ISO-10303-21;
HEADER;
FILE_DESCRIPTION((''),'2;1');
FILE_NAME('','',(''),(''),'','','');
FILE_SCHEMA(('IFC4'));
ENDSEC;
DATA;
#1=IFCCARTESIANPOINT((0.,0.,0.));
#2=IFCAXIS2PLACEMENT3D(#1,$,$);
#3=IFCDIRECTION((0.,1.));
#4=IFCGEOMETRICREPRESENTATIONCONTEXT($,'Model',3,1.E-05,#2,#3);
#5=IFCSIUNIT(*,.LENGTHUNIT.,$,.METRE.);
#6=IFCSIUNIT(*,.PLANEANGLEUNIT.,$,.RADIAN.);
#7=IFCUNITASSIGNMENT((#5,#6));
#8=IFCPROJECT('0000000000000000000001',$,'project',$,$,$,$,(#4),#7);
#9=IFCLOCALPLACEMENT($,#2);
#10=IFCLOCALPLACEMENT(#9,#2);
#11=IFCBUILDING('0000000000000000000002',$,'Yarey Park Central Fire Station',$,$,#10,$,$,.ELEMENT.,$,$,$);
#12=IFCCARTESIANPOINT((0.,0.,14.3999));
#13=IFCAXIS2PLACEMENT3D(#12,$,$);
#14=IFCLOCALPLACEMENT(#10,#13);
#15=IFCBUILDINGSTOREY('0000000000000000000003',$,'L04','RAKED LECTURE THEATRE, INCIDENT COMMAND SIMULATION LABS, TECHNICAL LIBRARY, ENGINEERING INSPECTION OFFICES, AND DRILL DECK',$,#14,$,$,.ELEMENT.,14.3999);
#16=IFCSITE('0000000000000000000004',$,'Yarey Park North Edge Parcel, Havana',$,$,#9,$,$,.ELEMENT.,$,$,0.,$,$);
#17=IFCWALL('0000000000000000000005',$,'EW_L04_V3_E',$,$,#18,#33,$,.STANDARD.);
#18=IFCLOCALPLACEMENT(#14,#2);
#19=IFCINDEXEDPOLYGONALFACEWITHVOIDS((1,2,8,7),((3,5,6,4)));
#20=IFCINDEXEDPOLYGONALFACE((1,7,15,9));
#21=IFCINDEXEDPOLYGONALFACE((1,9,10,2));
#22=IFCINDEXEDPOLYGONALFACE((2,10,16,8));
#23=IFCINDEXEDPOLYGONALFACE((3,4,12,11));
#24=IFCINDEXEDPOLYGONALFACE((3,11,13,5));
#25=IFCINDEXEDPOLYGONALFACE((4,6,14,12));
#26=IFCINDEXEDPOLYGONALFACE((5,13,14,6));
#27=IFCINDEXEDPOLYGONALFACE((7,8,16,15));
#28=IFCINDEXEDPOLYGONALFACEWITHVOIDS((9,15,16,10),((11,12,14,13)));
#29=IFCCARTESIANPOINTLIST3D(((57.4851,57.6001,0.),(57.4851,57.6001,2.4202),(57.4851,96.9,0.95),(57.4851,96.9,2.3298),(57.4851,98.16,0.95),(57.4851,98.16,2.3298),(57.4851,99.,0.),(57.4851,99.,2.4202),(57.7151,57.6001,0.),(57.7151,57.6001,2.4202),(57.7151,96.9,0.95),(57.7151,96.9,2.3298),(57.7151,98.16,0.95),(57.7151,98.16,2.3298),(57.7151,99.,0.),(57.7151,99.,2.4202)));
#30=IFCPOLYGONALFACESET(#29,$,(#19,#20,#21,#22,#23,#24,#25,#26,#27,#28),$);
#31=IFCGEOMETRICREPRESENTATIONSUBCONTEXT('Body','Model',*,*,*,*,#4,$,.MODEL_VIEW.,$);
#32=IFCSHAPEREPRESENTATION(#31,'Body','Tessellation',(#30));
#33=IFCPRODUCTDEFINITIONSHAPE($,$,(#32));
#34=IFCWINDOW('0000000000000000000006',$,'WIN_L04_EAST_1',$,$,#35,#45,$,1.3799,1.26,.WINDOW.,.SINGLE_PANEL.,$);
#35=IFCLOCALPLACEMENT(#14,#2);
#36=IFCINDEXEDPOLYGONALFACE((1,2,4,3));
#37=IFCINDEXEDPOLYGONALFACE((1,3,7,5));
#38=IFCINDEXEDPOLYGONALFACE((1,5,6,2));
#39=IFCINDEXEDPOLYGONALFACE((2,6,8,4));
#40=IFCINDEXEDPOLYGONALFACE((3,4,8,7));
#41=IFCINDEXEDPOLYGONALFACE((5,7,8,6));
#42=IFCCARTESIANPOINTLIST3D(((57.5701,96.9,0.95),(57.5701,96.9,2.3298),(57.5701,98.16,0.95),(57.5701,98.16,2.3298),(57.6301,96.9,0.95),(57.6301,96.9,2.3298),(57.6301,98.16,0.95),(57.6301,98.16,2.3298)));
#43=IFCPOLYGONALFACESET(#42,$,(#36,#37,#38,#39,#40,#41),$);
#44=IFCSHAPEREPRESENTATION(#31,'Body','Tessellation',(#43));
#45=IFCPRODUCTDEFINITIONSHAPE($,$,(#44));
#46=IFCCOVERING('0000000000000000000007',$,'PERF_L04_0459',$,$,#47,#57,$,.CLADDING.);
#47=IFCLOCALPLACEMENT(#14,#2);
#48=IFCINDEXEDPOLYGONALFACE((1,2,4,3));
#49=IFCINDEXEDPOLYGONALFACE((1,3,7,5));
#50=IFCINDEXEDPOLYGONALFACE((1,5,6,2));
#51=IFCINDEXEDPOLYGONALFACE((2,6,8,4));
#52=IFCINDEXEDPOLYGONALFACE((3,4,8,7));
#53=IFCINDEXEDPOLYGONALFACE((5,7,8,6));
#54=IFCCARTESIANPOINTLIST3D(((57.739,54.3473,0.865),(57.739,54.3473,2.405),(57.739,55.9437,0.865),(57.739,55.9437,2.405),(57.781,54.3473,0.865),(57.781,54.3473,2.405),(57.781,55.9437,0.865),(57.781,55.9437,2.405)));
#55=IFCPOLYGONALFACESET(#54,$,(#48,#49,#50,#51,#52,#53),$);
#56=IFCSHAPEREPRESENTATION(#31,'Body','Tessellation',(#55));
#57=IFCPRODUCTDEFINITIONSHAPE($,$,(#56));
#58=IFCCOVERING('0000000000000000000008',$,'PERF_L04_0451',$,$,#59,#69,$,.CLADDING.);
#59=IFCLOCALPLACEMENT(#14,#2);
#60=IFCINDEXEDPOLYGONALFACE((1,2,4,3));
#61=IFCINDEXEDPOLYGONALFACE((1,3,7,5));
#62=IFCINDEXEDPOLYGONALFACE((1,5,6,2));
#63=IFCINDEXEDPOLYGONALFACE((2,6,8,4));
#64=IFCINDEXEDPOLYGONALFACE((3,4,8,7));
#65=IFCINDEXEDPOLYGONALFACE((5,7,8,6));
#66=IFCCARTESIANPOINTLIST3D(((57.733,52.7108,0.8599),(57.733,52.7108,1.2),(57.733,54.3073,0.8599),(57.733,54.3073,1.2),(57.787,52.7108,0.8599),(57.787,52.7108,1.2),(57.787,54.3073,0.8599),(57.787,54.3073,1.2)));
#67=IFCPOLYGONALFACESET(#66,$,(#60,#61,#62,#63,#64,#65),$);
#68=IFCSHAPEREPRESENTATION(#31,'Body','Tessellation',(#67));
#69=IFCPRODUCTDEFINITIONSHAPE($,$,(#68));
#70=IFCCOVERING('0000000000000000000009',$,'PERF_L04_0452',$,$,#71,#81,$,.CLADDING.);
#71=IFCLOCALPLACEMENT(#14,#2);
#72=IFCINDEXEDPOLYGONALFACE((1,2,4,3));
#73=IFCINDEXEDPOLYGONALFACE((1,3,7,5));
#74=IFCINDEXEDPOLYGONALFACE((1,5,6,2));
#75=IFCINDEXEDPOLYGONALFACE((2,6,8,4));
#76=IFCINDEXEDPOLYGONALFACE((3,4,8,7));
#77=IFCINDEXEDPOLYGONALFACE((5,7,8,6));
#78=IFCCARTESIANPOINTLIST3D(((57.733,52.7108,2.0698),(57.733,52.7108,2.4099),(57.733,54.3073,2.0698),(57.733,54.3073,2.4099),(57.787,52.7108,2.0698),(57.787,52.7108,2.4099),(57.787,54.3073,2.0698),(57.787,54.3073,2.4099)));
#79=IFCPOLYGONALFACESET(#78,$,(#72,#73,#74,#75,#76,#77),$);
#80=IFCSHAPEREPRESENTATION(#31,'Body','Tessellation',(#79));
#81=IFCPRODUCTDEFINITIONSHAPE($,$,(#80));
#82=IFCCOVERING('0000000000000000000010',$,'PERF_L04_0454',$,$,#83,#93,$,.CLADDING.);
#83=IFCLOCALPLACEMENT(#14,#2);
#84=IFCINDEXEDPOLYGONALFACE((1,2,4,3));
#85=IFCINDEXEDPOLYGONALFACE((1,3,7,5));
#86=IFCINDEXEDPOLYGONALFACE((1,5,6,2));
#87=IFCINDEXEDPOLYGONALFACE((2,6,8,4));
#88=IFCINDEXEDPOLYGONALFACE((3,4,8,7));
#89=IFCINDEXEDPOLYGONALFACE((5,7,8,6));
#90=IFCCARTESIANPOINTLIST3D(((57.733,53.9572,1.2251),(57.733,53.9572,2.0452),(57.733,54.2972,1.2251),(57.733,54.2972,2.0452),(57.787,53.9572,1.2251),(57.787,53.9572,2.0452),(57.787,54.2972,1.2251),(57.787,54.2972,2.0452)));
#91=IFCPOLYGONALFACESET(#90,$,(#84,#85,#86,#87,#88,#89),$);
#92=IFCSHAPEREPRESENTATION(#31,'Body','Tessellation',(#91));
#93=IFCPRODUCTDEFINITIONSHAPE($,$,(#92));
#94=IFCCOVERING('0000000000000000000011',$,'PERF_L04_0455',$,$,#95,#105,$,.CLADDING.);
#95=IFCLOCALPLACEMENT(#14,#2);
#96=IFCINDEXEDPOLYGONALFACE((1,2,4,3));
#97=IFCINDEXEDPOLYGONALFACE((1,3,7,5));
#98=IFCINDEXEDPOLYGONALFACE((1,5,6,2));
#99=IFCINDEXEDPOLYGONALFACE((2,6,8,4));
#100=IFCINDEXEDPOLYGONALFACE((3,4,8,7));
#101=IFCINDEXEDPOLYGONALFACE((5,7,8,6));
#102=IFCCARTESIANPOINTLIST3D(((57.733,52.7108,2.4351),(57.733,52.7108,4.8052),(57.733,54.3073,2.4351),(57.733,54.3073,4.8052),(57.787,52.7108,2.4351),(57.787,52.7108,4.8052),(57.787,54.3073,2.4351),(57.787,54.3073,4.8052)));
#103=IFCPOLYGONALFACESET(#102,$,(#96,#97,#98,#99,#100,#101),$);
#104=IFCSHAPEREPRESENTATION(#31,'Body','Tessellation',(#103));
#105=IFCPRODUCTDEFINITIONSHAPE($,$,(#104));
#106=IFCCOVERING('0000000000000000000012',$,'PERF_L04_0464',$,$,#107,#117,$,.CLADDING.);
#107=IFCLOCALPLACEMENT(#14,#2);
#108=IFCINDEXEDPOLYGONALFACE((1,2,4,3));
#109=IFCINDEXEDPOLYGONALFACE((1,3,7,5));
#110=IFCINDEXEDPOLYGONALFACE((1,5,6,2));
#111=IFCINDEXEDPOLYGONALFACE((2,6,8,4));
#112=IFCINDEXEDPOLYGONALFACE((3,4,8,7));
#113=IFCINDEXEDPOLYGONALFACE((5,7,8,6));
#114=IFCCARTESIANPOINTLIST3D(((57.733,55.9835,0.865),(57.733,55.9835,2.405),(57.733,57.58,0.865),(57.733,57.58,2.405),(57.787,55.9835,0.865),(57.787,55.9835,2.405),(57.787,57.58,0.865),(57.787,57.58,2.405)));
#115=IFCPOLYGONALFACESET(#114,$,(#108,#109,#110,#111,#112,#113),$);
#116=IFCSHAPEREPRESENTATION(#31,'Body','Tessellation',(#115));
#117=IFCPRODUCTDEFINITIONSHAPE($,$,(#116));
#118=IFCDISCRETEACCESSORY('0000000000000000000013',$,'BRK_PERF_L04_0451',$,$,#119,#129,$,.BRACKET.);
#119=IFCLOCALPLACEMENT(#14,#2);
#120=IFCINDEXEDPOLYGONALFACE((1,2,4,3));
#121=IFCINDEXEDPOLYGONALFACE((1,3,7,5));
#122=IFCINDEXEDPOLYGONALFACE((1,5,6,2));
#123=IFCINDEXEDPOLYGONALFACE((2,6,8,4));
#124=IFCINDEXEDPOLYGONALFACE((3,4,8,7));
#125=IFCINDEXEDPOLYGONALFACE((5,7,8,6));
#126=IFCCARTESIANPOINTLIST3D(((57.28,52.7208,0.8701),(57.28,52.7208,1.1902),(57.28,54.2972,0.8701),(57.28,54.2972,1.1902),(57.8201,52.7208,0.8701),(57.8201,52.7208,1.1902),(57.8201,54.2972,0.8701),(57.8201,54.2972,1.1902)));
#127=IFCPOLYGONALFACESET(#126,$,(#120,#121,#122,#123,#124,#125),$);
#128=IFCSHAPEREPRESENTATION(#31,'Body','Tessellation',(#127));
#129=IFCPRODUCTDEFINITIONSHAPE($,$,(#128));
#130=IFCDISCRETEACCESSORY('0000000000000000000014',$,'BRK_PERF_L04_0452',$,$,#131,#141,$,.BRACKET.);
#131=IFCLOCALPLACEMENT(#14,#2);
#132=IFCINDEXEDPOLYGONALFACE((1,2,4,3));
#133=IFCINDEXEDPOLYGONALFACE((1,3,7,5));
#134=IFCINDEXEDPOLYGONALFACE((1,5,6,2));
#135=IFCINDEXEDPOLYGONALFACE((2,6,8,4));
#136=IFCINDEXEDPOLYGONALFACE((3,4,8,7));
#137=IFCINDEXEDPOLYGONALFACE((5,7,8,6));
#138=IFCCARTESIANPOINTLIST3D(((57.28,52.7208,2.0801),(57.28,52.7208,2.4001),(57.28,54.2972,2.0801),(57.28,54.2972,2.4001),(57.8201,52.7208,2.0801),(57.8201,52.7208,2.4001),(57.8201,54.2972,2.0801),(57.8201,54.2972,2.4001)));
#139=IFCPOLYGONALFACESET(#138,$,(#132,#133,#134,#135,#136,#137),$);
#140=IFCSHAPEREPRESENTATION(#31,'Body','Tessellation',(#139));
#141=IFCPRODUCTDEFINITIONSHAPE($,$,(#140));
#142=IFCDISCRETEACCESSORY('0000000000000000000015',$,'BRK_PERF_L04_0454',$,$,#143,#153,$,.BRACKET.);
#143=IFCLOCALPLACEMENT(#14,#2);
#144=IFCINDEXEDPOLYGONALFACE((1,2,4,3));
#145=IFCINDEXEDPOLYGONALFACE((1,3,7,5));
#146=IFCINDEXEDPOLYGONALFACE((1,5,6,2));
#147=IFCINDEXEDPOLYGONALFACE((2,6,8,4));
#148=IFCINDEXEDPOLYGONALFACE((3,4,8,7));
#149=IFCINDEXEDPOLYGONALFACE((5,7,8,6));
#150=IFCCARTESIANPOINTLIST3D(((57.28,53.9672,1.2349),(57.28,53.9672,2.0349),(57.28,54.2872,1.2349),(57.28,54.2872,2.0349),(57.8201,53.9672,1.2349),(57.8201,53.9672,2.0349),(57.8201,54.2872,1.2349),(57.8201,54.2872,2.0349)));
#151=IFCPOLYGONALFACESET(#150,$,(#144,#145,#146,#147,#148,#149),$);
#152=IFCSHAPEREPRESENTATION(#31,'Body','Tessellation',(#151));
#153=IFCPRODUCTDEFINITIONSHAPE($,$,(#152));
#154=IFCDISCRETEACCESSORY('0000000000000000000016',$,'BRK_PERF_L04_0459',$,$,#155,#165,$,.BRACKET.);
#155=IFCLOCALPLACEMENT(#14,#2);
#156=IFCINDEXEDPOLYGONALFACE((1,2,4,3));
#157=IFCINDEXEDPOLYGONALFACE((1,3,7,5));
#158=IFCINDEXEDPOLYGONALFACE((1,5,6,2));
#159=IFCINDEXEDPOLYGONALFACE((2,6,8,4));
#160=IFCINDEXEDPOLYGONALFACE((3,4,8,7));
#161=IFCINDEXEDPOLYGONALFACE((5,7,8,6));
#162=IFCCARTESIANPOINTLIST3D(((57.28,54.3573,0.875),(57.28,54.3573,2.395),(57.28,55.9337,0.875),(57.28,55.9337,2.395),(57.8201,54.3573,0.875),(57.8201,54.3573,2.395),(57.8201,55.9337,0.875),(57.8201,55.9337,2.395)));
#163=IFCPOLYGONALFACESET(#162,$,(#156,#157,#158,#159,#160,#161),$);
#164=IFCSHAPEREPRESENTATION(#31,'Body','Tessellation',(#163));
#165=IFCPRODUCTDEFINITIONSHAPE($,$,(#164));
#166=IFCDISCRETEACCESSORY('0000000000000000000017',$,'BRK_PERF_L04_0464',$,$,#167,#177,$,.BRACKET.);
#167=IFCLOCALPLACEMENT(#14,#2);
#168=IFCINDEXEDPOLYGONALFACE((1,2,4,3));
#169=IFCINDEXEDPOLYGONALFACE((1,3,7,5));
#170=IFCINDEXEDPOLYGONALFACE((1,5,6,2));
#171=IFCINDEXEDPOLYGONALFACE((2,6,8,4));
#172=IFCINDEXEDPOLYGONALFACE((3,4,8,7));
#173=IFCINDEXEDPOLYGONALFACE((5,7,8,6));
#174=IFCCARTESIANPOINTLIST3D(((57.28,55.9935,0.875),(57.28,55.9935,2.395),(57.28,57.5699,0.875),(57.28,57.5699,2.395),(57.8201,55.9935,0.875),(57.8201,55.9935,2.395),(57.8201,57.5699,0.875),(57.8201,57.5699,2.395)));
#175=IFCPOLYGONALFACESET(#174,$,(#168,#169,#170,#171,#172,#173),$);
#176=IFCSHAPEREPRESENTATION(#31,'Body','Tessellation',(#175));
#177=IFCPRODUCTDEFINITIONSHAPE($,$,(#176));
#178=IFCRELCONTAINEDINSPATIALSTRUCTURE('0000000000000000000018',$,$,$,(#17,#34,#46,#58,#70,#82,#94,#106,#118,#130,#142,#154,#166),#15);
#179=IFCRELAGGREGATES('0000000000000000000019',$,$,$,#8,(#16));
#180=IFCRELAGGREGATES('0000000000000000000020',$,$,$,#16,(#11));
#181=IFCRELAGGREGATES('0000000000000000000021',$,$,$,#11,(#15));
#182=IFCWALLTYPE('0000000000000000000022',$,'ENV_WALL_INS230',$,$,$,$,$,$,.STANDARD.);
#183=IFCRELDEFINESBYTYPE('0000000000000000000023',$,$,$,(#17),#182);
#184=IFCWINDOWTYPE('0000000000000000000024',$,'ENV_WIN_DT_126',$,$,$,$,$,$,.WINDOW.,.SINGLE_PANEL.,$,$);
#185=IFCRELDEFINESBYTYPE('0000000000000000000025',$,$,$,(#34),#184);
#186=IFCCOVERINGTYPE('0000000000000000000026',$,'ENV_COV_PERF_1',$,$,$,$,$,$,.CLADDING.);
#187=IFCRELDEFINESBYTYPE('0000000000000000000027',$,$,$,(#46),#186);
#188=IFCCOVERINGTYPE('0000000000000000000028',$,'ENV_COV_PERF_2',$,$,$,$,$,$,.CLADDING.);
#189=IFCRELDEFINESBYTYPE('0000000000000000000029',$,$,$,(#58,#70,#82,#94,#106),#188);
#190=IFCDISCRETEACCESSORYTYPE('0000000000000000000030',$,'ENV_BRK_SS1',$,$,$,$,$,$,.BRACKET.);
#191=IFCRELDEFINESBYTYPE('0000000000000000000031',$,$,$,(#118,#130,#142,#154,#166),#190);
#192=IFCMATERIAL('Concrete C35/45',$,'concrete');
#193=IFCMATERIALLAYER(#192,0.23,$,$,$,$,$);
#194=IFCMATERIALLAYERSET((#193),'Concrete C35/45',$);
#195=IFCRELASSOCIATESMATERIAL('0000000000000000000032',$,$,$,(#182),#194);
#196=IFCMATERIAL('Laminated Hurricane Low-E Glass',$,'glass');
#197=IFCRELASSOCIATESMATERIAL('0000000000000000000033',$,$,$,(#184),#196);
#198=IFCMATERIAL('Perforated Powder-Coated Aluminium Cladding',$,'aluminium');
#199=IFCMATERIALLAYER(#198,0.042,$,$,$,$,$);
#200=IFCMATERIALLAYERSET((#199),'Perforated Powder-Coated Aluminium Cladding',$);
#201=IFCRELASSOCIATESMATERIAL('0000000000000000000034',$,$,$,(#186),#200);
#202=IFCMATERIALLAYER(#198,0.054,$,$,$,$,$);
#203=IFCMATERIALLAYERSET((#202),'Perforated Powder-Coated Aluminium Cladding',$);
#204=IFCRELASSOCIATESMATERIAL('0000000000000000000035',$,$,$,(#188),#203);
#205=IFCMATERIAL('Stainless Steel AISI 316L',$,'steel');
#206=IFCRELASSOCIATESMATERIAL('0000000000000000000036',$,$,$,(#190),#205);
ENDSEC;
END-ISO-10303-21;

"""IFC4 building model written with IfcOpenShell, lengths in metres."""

from ifc_helpers import new_model, si_unit, direction, frame, frame_2d, origin, origin_2d, place, context, subcontext, project, spatial, rectangle, extrude, material, layer, layer_set, type_object, element, fill, save


model = new_model("IFC4")

# Units and contexts
model_context = context("Model", 3, precision=1e-05, world=origin(), true_north=direction((0.0, 1.0)))
body_context = subcontext(model_context, "Body", "Model", "MODEL_VIEW")
ifc_project = project(units=[si_unit("LENGTHUNIT", "METRE"), si_unit("PLANEANGLEUNIT", "RADIAN")], contexts=[model_context])

# Site, building, storey
site_placement = place(None, origin())
site = spatial("IfcSite", under=ifc_project, at=site_placement, Name="Yarey Park North Edge Parcel, Havana", CompositionType="ELEMENT", RefElevation=0.0)
building_placement = place(site_placement, origin())
building = spatial("IfcBuilding", under=site, at=building_placement, Name="Yarey Park Central Fire Station", CompositionType="ELEMENT")
storey_placement = place(building_placement, frame((0.0, 0.0, 14.3999)))
storey = spatial("IfcBuildingStorey", under=building, at=storey_placement, Name="L04", Description="RAKED LECTURE THEATRE, INCIDENT COMMAND SIMULATION LABS, TECHNICAL LIBRARY, ENGINEERING INSPECTION OFFICES, AND DRILL DECK", CompositionType="ELEMENT", Elevation=14.3999)

# Shared definitions
ifc_material_1 = material(Name="Laminated Hurricane Low-E Glass", Category="glass")

# Wall, opening, window
ifc_material_2 = material(Name="Concrete C35/45", Category="concrete")
ifc_layer_1 = layer(ifc_material_2, 0.23)
ifc_layer_set_1 = layer_set([ifc_layer_1], Name="Concrete C35/45")
wall_type = type_object("IfcWallType", Name="ENV_WALL_INS230", PredefinedType="STANDARD", material=ifc_layer_set_1)
wall_placement = place(storey_placement, frame((57.6001, 57.6001, 0.0), z_axis=(0.0, 0.0, 1.0), x_axis=(0.0, 1.0, 0.0)))
wall = element("IfcWall", 1, at=wall_placement, inside=storey, type_object=wall_type, Name="EW_L04_V3_E", PredefinedType="STANDARD", context=body_context, shape_type="SweptSolid", body=[
    extrude(rectangle(XDim=41.3999, YDim=0.23, at=frame_2d((20.7, 0.0))), origin(), (0.0, 0.0, 1.0), 2.4202),
])
opening_placement = place(wall_placement, frame((39.3, 0.0, 0.95)))
opening = element("IfcOpeningElement", 2, at=opening_placement, cuts=wall, PredefinedType="OPENING", context=body_context, shape_type="SweptSolid", body=[
    extrude(rectangle(XDim=1.26, YDim=1.3799, at=frame_2d((0.6299, 0.6899))), frame((0.0, 0.125, 0.0), z_axis=(0.0, -1.0, 0.0), x_axis=(1.0, 0.0, 0.0)), (0.0, 0.0, 1.0), 0.25),
])
window_type = type_object("IfcWindowType", Name="ENV_WIN_DT_126", PartitioningType="SINGLE_PANEL", PredefinedType="WINDOW", material=ifc_material_1)
window_placement = place(opening_placement, origin())
window = element("IfcWindow", 3, at=window_placement, inside=storey, type_object=window_type, Name="WIN_L04_EAST_1", OverallHeight=1.3799, OverallWidth=1.26, PartitioningType="SINGLE_PANEL", PredefinedType="WINDOW", context=body_context, shape_type="SweptSolid", body=[
    extrude(rectangle(XDim=1.26, YDim=1.3799, at=frame_2d((0.6299, 0.6899))), frame((0.0, 0.03, 0.0), z_axis=(0.0, -1.0, 0.0), x_axis=(1.0, 0.0, 0.0)), (0.0, 0.0, 1.0), 0.0601),
])
fill(opening, window)

# Coverings
ifc_material_3 = material(Name="Perforated Powder-Coated Aluminium Cladding", Category="aluminium")
ifc_layer_2 = layer(ifc_material_3, 0.042)
ifc_layer_set_2 = layer_set([ifc_layer_2], Name="Perforated Powder-Coated Aluminium Cladding")
covering_type_1 = type_object("IfcCoveringType", Name="ENV_COV_PERF_1", PredefinedType="CLADDING", material=ifc_layer_set_2)
covering_1_placement = place(storey_placement, frame((57.76, 55.1455, 0.865), z_axis=(0.0, 0.0, 1.0), x_axis=(0.0, 1.0, 0.0)))
element("IfcCovering", 4, at=covering_1_placement, inside=storey, type_object=covering_type_1, Name="PERF_L04_0459", PredefinedType="CLADDING", context=body_context, shape_type="SweptSolid", body=[
    extrude(rectangle(XDim=1.5964, YDim=0.042, at=origin_2d()), origin(), (0.0, 0.0, 1.0), 1.54),
])
ifc_layer_3 = layer(ifc_material_3, 0.054)
ifc_layer_set_3 = layer_set([ifc_layer_3], Name="Perforated Powder-Coated Aluminium Cladding")
covering_type_2 = type_object("IfcCoveringType", Name="ENV_COV_PERF_2", PredefinedType="CLADDING", material=ifc_layer_set_3)
for number, where, z_axis, x_axis, name in (
    (5, (57.76, 53.509, 0.8599), (0.0, 0.0, 1.0), (0.0, 1.0, 0.0), "PERF_L04_0451"),
    (6, (57.76, 53.509, 2.0698), (0.0, 0.0, 1.0), (0.0, 1.0, 0.0), "PERF_L04_0452"),
):
    element("IfcCovering", number, at=place(storey_placement, frame(where, z_axis=z_axis, x_axis=x_axis)), inside=storey, type_object=covering_type_2, Name=name, PredefinedType="CLADDING", context=body_context, shape_type="SweptSolid", body=[
        extrude(rectangle(XDim=1.5964, YDim=0.054, at=origin_2d()), origin(), (0.0, 0.0, 1.0), 0.3401),
    ])
covering_2_placement = place(storey_placement, frame((57.76, 54.1272, 1.2251), z_axis=(0.0, 0.0, 1.0), x_axis=(0.0, 1.0, 0.0)))
element("IfcCovering", 7, at=covering_2_placement, inside=storey, type_object=covering_type_2, Name="PERF_L04_0454", PredefinedType="CLADDING", context=body_context, shape_type="SweptSolid", body=[
    extrude(rectangle(XDim=0.3401, YDim=0.054, at=origin_2d()), origin(), (0.0, 0.0, 1.0), 0.8201),
])
covering_3_placement = place(storey_placement, frame((57.76, 53.509, 2.4351), z_axis=(0.0, 0.0, 1.0), x_axis=(0.0, 1.0, 0.0)))
element("IfcCovering", 8, at=covering_3_placement, inside=storey, type_object=covering_type_2, Name="PERF_L04_0455", PredefinedType="CLADDING", context=body_context, shape_type="SweptSolid", body=[
    extrude(rectangle(XDim=1.5964, YDim=0.054, at=origin_2d()), origin(), (0.0, 0.0, 1.0), 2.3701),
])
covering_4_placement = place(storey_placement, frame((57.76, 56.7817, 0.865), z_axis=(0.0, 0.0, 1.0), x_axis=(0.0, 1.0, 0.0)))
element("IfcCovering", 9, at=covering_4_placement, inside=storey, type_object=covering_type_2, Name="PERF_L04_0464", PredefinedType="CLADDING", context=body_context, shape_type="SweptSolid", body=[
    extrude(rectangle(XDim=1.5964, YDim=0.054, at=origin_2d()), origin(), (0.0, 0.0, 1.0), 1.54),
])

# Discrete accessories
ifc_material_4 = material(Name="Stainless Steel AISI 316L", Category="steel")
discrete_accessory_type = type_object("IfcDiscreteAccessoryType", Name="ENV_BRK_SS1", PredefinedType="BRACKET", material=ifc_material_4)
for number, where, z_axis, x_axis, name in (
    (10, (57.55, 53.509, 0.8701), (0.0, 0.0, 1.0), (1.0, 0.0, 0.0), "BRK_PERF_L04_0451"),
    (11, (57.55, 53.509, 2.0801), (0.0, 0.0, 1.0), (1.0, 0.0, 0.0), "BRK_PERF_L04_0452"),
):
    element("IfcDiscreteAccessory", number, at=place(storey_placement, frame(where, z_axis=z_axis, x_axis=x_axis)), inside=storey, type_object=discrete_accessory_type, Name=name, PredefinedType="BRACKET", context=body_context, shape_type="SweptSolid", body=[
        extrude(rectangle(XDim=0.54, YDim=1.5764, at=origin_2d()), origin(), (0.0, 0.0, 1.0), 0.3201),
    ])
discrete_accessory_placement = place(storey_placement, frame((57.55, 54.1272, 1.2349), z_axis=(0.0, 0.0, 1.0), x_axis=(1.0, 0.0, 0.0)))
element("IfcDiscreteAccessory", 12, at=discrete_accessory_placement, inside=storey, type_object=discrete_accessory_type, Name="BRK_PERF_L04_0454", PredefinedType="BRACKET", context=body_context, shape_type="SweptSolid", body=[
    extrude(rectangle(XDim=0.54, YDim=0.3201, at=origin_2d()), origin(), (0.0, 0.0, 1.0), 0.8),
])
for number, where, z_axis, x_axis, name in (
    (13, (57.55, 55.1455, 0.875), (0.0, 0.0, 1.0), (1.0, 0.0, 0.0), "BRK_PERF_L04_0459"),
    (14, (57.55, 56.7817, 0.875), (0.0, 0.0, 1.0), (1.0, 0.0, 0.0), "BRK_PERF_L04_0464"),
):
    element("IfcDiscreteAccessory", number, at=place(storey_placement, frame(where, z_axis=z_axis, x_axis=x_axis)), inside=storey, type_object=discrete_accessory_type, Name=name, PredefinedType="BRACKET", context=body_context, shape_type="SweptSolid", body=[
        extrude(rectangle(XDim=0.54, YDim=1.5764, at=origin_2d()), origin(), (0.0, 0.0, 1.0), 1.52),
    ])

save(model, "model.ifc")
